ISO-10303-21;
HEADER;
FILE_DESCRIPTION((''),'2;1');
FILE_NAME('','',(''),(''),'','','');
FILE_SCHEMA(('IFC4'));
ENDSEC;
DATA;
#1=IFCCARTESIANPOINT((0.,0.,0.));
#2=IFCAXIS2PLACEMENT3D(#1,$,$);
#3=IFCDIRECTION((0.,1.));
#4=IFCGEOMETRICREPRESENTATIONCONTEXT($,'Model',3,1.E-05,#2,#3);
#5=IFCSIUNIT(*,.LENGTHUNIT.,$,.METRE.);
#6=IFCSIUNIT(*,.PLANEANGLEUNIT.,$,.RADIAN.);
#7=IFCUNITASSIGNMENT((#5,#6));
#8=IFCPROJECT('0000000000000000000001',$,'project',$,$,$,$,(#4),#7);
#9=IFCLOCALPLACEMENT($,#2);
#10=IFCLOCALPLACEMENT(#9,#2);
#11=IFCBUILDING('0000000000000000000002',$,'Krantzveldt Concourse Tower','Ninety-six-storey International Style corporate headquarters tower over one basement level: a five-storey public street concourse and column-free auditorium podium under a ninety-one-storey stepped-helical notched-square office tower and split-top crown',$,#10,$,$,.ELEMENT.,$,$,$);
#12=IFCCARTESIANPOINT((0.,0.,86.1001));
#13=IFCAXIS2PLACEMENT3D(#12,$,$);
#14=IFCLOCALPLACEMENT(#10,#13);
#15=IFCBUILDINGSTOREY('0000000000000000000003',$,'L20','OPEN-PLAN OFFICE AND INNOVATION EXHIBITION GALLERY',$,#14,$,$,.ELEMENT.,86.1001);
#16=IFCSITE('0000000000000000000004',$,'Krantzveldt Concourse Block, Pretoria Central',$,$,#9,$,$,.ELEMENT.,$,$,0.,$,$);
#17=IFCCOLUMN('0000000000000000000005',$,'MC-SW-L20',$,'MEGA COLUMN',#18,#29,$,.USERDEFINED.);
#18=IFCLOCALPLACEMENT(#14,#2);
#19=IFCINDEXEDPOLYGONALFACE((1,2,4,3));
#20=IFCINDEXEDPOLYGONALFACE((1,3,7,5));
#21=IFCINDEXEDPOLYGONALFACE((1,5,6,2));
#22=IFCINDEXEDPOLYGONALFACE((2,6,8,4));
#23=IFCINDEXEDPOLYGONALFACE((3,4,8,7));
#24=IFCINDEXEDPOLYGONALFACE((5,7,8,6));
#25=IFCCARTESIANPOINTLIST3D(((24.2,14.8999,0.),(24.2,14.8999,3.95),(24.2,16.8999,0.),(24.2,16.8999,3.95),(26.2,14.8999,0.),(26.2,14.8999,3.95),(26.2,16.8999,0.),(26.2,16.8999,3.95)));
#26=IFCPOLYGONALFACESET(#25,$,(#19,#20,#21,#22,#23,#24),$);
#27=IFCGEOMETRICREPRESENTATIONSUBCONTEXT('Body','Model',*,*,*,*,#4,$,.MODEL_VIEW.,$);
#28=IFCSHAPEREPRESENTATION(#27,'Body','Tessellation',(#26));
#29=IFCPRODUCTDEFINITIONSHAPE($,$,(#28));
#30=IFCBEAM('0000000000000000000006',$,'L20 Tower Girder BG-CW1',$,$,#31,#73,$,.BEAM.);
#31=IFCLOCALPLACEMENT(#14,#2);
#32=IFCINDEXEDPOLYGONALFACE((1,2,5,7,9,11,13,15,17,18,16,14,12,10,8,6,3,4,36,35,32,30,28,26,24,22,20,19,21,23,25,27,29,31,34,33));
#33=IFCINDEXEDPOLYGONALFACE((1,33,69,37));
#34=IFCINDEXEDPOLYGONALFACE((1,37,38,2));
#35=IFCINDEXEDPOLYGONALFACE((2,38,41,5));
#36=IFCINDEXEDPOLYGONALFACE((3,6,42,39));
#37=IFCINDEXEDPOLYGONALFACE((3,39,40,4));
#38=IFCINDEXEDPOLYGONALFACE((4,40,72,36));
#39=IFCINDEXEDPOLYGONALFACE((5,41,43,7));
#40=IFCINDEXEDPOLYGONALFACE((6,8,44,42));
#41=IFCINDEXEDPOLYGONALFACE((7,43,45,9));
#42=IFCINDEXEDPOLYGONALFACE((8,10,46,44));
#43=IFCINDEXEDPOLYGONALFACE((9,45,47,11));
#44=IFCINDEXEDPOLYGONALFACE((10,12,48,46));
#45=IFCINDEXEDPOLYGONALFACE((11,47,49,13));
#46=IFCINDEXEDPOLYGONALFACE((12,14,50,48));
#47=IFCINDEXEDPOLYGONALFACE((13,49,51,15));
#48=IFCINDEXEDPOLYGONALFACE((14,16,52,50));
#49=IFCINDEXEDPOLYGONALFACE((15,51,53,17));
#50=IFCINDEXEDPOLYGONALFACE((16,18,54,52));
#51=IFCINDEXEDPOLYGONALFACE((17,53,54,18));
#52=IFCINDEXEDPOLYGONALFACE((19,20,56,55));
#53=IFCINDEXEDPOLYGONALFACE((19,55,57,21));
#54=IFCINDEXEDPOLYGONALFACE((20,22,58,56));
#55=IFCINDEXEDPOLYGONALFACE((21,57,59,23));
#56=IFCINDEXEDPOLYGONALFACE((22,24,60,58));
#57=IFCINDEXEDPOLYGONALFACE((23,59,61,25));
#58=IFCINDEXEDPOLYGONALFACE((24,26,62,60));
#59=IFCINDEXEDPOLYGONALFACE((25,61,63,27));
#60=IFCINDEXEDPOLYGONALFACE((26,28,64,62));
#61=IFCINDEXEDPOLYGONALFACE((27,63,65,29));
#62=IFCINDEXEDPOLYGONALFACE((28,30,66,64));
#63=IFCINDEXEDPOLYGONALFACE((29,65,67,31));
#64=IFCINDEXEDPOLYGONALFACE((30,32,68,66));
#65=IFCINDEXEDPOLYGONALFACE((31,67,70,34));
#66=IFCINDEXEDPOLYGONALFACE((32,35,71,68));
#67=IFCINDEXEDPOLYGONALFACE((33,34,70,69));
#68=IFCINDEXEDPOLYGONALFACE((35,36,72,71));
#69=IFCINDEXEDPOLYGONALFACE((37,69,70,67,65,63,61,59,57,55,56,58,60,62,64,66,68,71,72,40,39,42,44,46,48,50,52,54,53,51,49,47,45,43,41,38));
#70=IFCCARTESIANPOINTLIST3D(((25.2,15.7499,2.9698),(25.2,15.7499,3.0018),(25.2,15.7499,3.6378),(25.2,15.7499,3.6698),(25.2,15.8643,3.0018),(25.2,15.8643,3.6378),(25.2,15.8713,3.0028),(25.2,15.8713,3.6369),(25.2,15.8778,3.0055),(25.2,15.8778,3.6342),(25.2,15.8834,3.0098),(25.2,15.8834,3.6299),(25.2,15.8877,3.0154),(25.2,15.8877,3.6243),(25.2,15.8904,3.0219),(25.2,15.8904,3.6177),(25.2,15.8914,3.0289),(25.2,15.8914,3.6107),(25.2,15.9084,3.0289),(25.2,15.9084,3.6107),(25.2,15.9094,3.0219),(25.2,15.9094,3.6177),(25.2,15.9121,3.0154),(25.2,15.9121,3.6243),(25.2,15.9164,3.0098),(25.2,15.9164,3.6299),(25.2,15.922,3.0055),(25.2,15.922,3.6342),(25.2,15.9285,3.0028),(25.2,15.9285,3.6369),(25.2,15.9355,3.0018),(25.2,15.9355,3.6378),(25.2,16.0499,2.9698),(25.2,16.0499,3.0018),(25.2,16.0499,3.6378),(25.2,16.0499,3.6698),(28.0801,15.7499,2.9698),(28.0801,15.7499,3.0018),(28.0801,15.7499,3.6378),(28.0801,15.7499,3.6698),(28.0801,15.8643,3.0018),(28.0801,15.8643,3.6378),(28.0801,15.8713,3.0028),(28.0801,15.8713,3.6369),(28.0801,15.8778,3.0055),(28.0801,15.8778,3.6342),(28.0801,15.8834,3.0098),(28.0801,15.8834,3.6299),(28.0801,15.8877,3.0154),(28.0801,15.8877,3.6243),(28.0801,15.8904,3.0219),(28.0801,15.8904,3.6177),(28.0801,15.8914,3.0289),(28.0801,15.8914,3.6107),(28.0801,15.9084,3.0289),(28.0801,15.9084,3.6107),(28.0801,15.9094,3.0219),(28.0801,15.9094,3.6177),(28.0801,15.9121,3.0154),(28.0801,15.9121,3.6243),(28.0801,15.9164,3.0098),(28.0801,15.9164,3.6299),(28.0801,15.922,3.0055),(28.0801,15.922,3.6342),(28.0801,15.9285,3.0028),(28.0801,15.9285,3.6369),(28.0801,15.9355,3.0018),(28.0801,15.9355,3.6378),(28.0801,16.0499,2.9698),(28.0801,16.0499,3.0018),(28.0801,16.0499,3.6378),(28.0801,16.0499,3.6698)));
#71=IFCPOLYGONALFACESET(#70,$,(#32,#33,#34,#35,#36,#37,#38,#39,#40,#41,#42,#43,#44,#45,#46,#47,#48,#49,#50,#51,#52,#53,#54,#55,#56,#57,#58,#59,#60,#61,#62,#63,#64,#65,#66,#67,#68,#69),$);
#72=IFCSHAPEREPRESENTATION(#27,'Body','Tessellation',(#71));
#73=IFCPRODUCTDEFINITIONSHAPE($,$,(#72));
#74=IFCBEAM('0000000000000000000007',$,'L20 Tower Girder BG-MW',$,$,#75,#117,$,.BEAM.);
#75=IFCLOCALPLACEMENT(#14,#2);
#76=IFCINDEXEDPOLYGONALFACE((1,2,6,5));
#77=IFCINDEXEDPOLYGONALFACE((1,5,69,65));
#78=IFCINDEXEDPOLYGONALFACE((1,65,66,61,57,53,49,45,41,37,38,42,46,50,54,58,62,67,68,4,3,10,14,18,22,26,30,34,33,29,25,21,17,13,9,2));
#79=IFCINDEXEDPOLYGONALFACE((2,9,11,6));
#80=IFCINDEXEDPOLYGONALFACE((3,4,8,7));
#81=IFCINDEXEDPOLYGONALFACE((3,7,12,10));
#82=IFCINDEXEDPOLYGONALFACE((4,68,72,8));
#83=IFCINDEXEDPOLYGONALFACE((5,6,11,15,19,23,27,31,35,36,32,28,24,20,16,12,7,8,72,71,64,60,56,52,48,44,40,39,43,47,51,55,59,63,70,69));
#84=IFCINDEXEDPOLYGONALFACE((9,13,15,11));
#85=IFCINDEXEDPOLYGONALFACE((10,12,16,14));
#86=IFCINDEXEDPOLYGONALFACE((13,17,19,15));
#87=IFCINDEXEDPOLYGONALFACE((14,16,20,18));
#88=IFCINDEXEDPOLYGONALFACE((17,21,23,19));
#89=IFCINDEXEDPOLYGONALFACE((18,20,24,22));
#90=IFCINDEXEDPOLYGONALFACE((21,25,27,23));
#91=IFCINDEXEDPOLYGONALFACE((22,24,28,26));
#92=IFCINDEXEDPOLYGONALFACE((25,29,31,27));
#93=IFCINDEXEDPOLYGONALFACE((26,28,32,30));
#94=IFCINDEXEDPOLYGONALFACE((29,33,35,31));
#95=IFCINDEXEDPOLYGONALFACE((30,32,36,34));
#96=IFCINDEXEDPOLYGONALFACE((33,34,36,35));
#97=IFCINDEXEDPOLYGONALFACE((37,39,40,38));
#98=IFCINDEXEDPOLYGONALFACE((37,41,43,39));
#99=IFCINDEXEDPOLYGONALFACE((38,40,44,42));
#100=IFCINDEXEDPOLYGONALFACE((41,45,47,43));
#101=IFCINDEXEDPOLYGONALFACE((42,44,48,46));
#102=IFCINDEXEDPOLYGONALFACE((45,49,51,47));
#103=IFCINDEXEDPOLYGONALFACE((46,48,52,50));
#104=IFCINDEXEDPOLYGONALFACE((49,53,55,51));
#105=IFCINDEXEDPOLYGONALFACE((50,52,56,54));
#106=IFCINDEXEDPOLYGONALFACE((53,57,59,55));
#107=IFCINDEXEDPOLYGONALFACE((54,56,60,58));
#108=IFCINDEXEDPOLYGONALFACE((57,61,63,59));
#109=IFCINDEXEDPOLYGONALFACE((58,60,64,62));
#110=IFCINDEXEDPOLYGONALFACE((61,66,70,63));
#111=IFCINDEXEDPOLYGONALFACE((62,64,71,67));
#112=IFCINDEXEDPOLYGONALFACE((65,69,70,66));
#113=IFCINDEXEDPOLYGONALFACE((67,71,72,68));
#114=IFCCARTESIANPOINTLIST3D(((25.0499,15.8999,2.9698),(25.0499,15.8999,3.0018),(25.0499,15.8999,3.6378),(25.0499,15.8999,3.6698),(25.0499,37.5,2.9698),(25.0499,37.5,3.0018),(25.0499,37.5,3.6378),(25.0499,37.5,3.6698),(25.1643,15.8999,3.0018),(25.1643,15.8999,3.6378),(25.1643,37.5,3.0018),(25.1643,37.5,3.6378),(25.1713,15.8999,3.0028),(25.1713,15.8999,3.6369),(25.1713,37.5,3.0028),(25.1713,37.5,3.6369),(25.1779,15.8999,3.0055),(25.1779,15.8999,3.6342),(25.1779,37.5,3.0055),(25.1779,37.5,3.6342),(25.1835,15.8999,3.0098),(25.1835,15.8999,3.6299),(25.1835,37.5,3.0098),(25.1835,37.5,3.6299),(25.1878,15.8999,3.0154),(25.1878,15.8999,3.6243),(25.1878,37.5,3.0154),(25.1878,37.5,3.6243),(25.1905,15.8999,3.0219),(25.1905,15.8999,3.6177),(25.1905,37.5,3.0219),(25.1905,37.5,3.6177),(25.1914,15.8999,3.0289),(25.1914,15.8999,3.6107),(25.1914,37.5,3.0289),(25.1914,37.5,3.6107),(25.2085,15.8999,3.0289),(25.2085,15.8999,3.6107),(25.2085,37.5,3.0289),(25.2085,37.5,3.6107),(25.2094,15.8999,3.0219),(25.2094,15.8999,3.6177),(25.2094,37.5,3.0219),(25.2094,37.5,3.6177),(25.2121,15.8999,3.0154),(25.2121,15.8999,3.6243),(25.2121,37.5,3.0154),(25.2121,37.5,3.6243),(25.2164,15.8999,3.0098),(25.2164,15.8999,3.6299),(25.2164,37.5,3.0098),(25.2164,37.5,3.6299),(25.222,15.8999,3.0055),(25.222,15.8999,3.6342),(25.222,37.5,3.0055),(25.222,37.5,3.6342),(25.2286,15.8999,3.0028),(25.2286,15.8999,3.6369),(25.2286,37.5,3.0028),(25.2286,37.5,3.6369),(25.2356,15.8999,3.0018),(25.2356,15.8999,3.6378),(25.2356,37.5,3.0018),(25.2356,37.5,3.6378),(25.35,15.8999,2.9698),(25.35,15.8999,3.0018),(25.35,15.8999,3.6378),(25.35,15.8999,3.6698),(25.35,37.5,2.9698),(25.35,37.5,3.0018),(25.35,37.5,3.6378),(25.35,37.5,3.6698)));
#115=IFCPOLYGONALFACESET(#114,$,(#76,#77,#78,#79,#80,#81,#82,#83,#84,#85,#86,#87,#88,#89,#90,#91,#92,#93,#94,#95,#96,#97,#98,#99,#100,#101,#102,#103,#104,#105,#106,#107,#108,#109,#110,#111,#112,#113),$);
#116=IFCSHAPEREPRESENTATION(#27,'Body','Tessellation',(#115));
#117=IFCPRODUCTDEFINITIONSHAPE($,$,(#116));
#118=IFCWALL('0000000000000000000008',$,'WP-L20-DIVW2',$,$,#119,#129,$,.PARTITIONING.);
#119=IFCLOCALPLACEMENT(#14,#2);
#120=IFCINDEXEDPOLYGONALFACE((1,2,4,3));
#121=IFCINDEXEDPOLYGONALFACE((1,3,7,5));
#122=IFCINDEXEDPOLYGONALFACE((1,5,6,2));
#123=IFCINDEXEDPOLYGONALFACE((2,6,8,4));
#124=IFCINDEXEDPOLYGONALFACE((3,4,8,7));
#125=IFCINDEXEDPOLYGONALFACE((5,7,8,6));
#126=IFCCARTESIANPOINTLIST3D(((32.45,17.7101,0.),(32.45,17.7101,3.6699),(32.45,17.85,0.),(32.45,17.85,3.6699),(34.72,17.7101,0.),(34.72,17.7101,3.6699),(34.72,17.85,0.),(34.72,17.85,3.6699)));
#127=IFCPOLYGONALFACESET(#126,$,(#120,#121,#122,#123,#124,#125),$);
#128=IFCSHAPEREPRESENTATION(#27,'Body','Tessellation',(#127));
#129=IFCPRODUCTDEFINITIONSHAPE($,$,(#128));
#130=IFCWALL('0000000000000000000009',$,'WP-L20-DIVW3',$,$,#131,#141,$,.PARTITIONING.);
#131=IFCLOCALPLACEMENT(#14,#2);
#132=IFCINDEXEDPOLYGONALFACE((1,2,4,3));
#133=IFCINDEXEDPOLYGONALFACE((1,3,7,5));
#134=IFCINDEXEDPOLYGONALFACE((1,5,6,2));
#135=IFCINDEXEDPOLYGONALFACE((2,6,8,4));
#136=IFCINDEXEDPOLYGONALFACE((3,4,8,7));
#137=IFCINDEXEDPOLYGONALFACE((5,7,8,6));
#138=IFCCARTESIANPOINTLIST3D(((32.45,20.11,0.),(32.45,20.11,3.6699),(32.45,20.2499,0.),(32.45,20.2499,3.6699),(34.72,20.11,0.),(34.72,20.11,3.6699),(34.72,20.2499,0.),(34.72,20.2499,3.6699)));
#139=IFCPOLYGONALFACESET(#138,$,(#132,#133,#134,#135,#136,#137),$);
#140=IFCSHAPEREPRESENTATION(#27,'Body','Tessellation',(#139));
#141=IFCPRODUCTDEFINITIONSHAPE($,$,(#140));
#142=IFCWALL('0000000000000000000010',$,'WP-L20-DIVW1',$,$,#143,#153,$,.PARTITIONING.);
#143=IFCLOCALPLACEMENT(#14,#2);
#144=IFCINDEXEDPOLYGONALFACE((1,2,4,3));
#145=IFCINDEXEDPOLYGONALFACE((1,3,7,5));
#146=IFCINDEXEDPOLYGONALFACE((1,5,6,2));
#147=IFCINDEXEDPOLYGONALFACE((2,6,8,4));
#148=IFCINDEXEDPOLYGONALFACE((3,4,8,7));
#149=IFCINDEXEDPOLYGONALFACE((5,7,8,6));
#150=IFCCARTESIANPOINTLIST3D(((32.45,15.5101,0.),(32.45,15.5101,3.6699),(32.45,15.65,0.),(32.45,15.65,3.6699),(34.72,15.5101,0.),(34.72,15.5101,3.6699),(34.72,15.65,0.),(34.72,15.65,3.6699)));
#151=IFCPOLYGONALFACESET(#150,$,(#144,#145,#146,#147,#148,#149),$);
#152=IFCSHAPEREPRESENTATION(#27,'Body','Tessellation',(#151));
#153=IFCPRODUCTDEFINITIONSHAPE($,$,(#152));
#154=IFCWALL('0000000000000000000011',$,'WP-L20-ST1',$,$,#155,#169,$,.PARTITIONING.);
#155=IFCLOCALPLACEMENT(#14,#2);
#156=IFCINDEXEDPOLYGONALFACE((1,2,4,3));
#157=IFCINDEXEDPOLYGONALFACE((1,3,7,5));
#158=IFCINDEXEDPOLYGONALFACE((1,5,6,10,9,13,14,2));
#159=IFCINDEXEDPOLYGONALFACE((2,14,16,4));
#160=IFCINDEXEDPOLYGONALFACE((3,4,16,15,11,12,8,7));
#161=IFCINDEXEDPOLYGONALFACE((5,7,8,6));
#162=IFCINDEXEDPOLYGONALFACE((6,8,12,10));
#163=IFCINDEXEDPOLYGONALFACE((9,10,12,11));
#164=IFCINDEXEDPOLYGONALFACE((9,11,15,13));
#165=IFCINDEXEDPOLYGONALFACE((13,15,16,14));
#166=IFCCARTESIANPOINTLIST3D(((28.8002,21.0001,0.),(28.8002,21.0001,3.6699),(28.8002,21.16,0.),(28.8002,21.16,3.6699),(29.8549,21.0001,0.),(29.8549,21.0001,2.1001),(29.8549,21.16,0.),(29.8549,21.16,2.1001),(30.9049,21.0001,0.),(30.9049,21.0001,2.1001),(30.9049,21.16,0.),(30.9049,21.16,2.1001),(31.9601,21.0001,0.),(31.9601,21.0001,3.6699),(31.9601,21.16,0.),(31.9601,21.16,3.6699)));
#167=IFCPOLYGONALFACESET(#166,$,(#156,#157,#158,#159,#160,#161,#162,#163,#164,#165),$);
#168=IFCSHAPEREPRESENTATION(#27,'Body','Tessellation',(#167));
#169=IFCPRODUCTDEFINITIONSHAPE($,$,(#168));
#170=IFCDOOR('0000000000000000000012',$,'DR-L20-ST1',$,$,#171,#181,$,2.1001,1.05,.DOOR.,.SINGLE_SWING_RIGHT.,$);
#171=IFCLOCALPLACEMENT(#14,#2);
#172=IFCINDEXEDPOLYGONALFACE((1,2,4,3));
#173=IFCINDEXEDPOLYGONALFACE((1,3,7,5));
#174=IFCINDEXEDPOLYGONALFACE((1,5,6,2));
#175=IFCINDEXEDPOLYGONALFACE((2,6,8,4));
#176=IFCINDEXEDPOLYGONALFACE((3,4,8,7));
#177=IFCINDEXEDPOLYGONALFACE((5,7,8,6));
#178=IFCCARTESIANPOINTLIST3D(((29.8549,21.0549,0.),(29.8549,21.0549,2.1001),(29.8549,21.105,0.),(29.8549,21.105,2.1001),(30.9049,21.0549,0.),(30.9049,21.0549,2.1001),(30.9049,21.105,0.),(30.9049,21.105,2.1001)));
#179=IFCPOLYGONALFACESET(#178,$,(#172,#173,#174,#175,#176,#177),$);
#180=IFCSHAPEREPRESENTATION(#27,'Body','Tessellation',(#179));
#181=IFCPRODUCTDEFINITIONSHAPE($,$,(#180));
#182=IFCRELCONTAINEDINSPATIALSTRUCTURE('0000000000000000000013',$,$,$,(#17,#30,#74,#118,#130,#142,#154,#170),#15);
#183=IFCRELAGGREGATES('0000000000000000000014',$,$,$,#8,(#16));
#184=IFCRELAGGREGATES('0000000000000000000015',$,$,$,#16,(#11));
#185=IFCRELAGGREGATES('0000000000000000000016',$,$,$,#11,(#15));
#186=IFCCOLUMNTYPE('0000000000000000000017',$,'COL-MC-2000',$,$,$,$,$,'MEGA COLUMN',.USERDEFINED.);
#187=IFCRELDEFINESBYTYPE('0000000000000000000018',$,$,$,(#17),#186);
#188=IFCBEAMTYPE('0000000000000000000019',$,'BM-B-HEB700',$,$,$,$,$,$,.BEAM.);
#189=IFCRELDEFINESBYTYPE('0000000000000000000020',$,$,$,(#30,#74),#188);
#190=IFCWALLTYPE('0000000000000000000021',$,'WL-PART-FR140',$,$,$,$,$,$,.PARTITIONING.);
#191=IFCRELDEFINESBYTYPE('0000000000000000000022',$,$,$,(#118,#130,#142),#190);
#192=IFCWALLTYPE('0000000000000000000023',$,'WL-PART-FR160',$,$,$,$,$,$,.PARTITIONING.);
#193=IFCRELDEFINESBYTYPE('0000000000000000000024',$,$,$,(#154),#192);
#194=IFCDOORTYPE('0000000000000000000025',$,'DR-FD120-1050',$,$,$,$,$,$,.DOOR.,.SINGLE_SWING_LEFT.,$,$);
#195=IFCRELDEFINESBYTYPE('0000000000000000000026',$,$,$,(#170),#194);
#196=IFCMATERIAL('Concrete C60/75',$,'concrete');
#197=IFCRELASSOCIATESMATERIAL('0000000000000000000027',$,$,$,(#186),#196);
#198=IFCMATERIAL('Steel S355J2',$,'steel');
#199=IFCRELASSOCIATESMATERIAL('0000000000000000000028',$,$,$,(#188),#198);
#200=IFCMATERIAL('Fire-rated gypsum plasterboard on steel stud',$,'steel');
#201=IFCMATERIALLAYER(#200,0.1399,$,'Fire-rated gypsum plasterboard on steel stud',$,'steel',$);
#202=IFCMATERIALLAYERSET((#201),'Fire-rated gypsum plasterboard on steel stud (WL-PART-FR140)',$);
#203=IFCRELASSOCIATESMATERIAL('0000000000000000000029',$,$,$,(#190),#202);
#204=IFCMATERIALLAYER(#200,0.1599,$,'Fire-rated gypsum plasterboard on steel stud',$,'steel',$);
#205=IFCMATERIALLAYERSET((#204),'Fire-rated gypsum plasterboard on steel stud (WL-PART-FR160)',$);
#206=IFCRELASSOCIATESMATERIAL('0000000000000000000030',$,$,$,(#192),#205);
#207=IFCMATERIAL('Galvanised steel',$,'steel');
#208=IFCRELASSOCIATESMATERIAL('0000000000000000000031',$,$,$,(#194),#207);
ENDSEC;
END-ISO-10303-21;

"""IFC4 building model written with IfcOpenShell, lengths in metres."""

from ifc_helpers import new_model, si_unit, direction, frame, frame_2d, origin, origin_2d, place, context, subcontext, project, spatial, rectangle, i_section, extrude, source, transform, mapped, material, layer, layer_set, material_profile, profile_set, type_object, type_shapes, element, fill, save


model = new_model("IFC4")

# Units and contexts
model_context = context("Model", 3, precision=1e-05, world=origin(), true_north=direction((0.0, 1.0)))
body_context = subcontext(model_context, "Body", "Model", "MODEL_VIEW")
ifc_project = project(units=[si_unit("LENGTHUNIT", "METRE"), si_unit("PLANEANGLEUNIT", "RADIAN")], contexts=[model_context])

# Site, building, storey
site_placement = place(None, origin())
site = spatial("IfcSite", under=ifc_project, at=site_placement, Name="Krantzveldt Concourse Block, Pretoria Central", CompositionType="ELEMENT", RefElevation=0.0)
building_placement = place(site_placement, origin())
building = spatial("IfcBuilding", under=site, at=building_placement, Name="Krantzveldt Concourse Tower", Description="Ninety-six-storey International Style corporate headquarters tower over one basement level: a five-storey public street concourse and column-free auditorium podium under a ninety-one-storey stepped-helical notched-square office tower and split-top crown", CompositionType="ELEMENT")
storey_placement = place(building_placement, frame((0.0, 0.0, 86.1001)))
storey = spatial("IfcBuildingStorey", under=building, at=storey_placement, Name="L20", Description="OPEN-PLAN OFFICE AND INNOVATION EXHIBITION GALLERY", CompositionType="ELEMENT", Elevation=86.1001)

# Column
ifc_material_1 = material(Name="Concrete C60/75", Category="concrete")
ifc_material_profile_1 = material_profile(ifc_material_1, rectangle(XDim=2.0, YDim=2.0, at=origin_2d()), Name="Concrete C60/75", Category="concrete")
ifc_profile_set_1 = profile_set([ifc_material_profile_1], Name="Concrete C60/75 - RC 2000x2000")
column_type = type_object("IfcColumnType", Name="COL-MC-2000", ElementType="MEGA COLUMN", PredefinedType="USERDEFINED", material=ifc_profile_set_1)
shared_shape_1 = source(origin(), body_context, "Body", "SweptSolid", [
    extrude(rectangle(XDim=2.0, YDim=2.0, at=origin_2d()), origin(), (0.0, 0.0, 1.0), 3.95),
])
type_shapes(column_type, [shared_shape_1])
column_placement = place(storey_placement, frame((25.2, 15.8999, 0.0), z_axis=(0.0, 0.0, 1.0), x_axis=(1.0, 0.0, 0.0)))
element("IfcColumn", 1, at=column_placement, inside=storey, type_object=column_type, Name="MC-SW-L20", ObjectType="MEGA COLUMN", PredefinedType="USERDEFINED", context=body_context, shape_type="MappedRepresentation", body=[
    mapped(shared_shape_1, transform((0.0, 0.0, 0.0), x_axis=(1.0, 0.0, 0.0), y_axis=(0.0, 1.0, 0.0), z_axis=(0.0, 0.0, 1.0), scale=1.0)),
])

# Beams
ifc_material_2 = material(Name="Steel S355J2", Category="steel")
ifc_material_profile_2 = material_profile(ifc_material_2, i_section(OverallWidth=0.3, OverallDepth=0.7, WebThickness=0.0171, FlangeThickness=0.032, FilletRadius=0.0271, at=origin_2d()), Name="Steel S355J2", Category="steel")
ifc_profile_set_2 = profile_set([ifc_material_profile_2], Name="Steel S355J2 - HEB 700")
beam_type = type_object("IfcBeamType", Name="BM-B-HEB700", PredefinedType="BEAM", material=ifc_profile_set_2)
shared_shape_2 = source(origin(), body_context, "Body", "SweptSolid", [
    extrude(i_section(OverallWidth=0.3, OverallDepth=0.7, WebThickness=0.0171, FlangeThickness=0.032, FilletRadius=0.0271, at=origin_2d()), origin(), (0.0, 0.0, 1.0), 2.8801),
])
beam_1_placement = place(storey_placement, frame((25.2, 15.8999, 3.3198), z_axis=(1.0, 0.0, 0.0), x_axis=(0.0, 1.0, 0.0)))
element("IfcBeam", 2, at=beam_1_placement, inside=storey, type_object=beam_type, Name="L20 Tower Girder BG-CW1", PredefinedType="BEAM", context=body_context, shape_type="MappedRepresentation", body=[
    mapped(shared_shape_2, transform((0.0, 0.0, 0.0), x_axis=(1.0, 0.0, 0.0), y_axis=(0.0, 1.0, 0.0), z_axis=(0.0, 0.0, 1.0), scale=1.0)),
])
shared_shape_3 = source(origin(), body_context, "Body", "SweptSolid", [
    extrude(i_section(OverallWidth=0.3, OverallDepth=0.7, WebThickness=0.0171, FlangeThickness=0.032, FilletRadius=0.0271, at=origin_2d()), origin(), (0.0, 0.0, 1.0), 21.6001),
])
type_shapes(beam_type, [shared_shape_2, shared_shape_3])
beam_2_placement = place(storey_placement, frame((25.2, 15.8999, 3.3198), z_axis=(0.0, 1.0, 0.0), x_axis=(-1.0, 0.0, 0.0)))
element("IfcBeam", 3, at=beam_2_placement, inside=storey, type_object=beam_type, Name="L20 Tower Girder BG-MW", PredefinedType="BEAM", context=body_context, shape_type="MappedRepresentation", body=[
    mapped(shared_shape_3, transform((0.0, 0.0, 0.0), x_axis=(1.0, 0.0, 0.0), y_axis=(0.0, 1.0, 0.0), z_axis=(0.0, 0.0, 1.0), scale=1.0)),
])

# Walls
ifc_material_3 = material(Name="Fire-rated gypsum plasterboard on steel stud", Category="steel")
ifc_layer_1 = layer(ifc_material_3, 0.1399, Name="Fire-rated gypsum plasterboard on steel stud", Category="steel")
ifc_layer_set_1 = layer_set([ifc_layer_1], Name="Fire-rated gypsum plasterboard on steel stud (WL-PART-FR140)")
wall_type_1 = type_object("IfcWallType", Name="WL-PART-FR140", PredefinedType="PARTITIONING", material=ifc_layer_set_1)
for number, where, z_axis, x_axis, name in (
    (4, (32.45, 17.78, 0.0), (0.0, 0.0, 1.0), (1.0, 0.0, 0.0), "WP-L20-DIVW2"),
    (5, (32.45, 20.1799, 0.0), (0.0, 0.0, 1.0), (1.0, 0.0, 0.0), "WP-L20-DIVW3"),
    (6, (32.45, 15.5801, 0.0), (0.0, 0.0, 1.0), (1.0, 0.0, 0.0), "WP-L20-DIVW1"),
):
    element("IfcWall", number, at=place(storey_placement, frame(where, z_axis=z_axis, x_axis=x_axis)), inside=storey, type_object=wall_type_1, Name=name, PredefinedType="PARTITIONING", context=body_context, shape_type="SweptSolid", body=[
        extrude(rectangle(XDim=2.27, YDim=0.1399, at=frame_2d((1.135, 0.0))), origin(), (0.0, 0.0, 1.0), 3.6699),
    ])

# Wall, opening, door
ifc_layer_2 = layer(ifc_material_3, 0.1599, Name="Fire-rated gypsum plasterboard on steel stud", Category="steel")
ifc_layer_set_2 = layer_set([ifc_layer_2], Name="Fire-rated gypsum plasterboard on steel stud (WL-PART-FR160)")
wall_type_2 = type_object("IfcWallType", Name="WL-PART-FR160", PredefinedType="PARTITIONING", material=ifc_layer_set_2)
wall_placement = place(storey_placement, frame((28.8, 21.0801, 0.0), z_axis=(0.0, 0.0, 1.0), x_axis=(1.0, 0.0, 0.0)))
wall = element("IfcWall", 7, at=wall_placement, inside=storey, type_object=wall_type_2, Name="WP-L20-ST1", PredefinedType="PARTITIONING", context=body_context, shape_type="SweptSolid", body=[
    extrude(rectangle(XDim=3.1599, YDim=0.1599, at=frame_2d((1.5801, 0.0))), origin(), (0.0, 0.0, 1.0), 3.6699),
])
opening_placement = place(wall_placement, frame((1.0549, 0.0, 0.0)))
opening = element("IfcOpeningElement", 8, at=opening_placement, cuts=wall, PredefinedType="OPENING", context=body_context, shape_type="SweptSolid", body=[
    extrude(rectangle(XDim=1.05, YDim=2.1001, at=frame_2d((0.5249, 1.05))), frame((0.0, 0.0898, 0.0), z_axis=(0.0, -1.0, 0.0), x_axis=(1.0, 0.0, 0.0)), (0.0, 0.0, 1.0), 0.1799),
])
ifc_material_4 = material(Name="Galvanised steel", Category="steel")
door_type = type_object("IfcDoorType", Name="DR-FD120-1050", OperationType="SINGLE_SWING_LEFT", PredefinedType="DOOR", material=ifc_material_4)
door_placement = place(opening_placement, origin())
door = element("IfcDoor", 9, at=door_placement, inside=storey, type_object=door_type, Name="DR-L20-ST1", OperationType="SINGLE_SWING_RIGHT", OverallHeight=2.1001, OverallWidth=1.05, PredefinedType="DOOR", context=body_context, shape_type="SweptSolid", body=[
    extrude(rectangle(XDim=1.05, YDim=2.1001, at=frame_2d((0.5249, 1.05))), frame((0.0, 0.0249, 0.0), z_axis=(0.0, -1.0, 0.0), x_axis=(1.0, 0.0, 0.0)), (0.0, 0.0, 1.0), 0.05),
])
fill(opening, door)

save(model, "model.ifc")
